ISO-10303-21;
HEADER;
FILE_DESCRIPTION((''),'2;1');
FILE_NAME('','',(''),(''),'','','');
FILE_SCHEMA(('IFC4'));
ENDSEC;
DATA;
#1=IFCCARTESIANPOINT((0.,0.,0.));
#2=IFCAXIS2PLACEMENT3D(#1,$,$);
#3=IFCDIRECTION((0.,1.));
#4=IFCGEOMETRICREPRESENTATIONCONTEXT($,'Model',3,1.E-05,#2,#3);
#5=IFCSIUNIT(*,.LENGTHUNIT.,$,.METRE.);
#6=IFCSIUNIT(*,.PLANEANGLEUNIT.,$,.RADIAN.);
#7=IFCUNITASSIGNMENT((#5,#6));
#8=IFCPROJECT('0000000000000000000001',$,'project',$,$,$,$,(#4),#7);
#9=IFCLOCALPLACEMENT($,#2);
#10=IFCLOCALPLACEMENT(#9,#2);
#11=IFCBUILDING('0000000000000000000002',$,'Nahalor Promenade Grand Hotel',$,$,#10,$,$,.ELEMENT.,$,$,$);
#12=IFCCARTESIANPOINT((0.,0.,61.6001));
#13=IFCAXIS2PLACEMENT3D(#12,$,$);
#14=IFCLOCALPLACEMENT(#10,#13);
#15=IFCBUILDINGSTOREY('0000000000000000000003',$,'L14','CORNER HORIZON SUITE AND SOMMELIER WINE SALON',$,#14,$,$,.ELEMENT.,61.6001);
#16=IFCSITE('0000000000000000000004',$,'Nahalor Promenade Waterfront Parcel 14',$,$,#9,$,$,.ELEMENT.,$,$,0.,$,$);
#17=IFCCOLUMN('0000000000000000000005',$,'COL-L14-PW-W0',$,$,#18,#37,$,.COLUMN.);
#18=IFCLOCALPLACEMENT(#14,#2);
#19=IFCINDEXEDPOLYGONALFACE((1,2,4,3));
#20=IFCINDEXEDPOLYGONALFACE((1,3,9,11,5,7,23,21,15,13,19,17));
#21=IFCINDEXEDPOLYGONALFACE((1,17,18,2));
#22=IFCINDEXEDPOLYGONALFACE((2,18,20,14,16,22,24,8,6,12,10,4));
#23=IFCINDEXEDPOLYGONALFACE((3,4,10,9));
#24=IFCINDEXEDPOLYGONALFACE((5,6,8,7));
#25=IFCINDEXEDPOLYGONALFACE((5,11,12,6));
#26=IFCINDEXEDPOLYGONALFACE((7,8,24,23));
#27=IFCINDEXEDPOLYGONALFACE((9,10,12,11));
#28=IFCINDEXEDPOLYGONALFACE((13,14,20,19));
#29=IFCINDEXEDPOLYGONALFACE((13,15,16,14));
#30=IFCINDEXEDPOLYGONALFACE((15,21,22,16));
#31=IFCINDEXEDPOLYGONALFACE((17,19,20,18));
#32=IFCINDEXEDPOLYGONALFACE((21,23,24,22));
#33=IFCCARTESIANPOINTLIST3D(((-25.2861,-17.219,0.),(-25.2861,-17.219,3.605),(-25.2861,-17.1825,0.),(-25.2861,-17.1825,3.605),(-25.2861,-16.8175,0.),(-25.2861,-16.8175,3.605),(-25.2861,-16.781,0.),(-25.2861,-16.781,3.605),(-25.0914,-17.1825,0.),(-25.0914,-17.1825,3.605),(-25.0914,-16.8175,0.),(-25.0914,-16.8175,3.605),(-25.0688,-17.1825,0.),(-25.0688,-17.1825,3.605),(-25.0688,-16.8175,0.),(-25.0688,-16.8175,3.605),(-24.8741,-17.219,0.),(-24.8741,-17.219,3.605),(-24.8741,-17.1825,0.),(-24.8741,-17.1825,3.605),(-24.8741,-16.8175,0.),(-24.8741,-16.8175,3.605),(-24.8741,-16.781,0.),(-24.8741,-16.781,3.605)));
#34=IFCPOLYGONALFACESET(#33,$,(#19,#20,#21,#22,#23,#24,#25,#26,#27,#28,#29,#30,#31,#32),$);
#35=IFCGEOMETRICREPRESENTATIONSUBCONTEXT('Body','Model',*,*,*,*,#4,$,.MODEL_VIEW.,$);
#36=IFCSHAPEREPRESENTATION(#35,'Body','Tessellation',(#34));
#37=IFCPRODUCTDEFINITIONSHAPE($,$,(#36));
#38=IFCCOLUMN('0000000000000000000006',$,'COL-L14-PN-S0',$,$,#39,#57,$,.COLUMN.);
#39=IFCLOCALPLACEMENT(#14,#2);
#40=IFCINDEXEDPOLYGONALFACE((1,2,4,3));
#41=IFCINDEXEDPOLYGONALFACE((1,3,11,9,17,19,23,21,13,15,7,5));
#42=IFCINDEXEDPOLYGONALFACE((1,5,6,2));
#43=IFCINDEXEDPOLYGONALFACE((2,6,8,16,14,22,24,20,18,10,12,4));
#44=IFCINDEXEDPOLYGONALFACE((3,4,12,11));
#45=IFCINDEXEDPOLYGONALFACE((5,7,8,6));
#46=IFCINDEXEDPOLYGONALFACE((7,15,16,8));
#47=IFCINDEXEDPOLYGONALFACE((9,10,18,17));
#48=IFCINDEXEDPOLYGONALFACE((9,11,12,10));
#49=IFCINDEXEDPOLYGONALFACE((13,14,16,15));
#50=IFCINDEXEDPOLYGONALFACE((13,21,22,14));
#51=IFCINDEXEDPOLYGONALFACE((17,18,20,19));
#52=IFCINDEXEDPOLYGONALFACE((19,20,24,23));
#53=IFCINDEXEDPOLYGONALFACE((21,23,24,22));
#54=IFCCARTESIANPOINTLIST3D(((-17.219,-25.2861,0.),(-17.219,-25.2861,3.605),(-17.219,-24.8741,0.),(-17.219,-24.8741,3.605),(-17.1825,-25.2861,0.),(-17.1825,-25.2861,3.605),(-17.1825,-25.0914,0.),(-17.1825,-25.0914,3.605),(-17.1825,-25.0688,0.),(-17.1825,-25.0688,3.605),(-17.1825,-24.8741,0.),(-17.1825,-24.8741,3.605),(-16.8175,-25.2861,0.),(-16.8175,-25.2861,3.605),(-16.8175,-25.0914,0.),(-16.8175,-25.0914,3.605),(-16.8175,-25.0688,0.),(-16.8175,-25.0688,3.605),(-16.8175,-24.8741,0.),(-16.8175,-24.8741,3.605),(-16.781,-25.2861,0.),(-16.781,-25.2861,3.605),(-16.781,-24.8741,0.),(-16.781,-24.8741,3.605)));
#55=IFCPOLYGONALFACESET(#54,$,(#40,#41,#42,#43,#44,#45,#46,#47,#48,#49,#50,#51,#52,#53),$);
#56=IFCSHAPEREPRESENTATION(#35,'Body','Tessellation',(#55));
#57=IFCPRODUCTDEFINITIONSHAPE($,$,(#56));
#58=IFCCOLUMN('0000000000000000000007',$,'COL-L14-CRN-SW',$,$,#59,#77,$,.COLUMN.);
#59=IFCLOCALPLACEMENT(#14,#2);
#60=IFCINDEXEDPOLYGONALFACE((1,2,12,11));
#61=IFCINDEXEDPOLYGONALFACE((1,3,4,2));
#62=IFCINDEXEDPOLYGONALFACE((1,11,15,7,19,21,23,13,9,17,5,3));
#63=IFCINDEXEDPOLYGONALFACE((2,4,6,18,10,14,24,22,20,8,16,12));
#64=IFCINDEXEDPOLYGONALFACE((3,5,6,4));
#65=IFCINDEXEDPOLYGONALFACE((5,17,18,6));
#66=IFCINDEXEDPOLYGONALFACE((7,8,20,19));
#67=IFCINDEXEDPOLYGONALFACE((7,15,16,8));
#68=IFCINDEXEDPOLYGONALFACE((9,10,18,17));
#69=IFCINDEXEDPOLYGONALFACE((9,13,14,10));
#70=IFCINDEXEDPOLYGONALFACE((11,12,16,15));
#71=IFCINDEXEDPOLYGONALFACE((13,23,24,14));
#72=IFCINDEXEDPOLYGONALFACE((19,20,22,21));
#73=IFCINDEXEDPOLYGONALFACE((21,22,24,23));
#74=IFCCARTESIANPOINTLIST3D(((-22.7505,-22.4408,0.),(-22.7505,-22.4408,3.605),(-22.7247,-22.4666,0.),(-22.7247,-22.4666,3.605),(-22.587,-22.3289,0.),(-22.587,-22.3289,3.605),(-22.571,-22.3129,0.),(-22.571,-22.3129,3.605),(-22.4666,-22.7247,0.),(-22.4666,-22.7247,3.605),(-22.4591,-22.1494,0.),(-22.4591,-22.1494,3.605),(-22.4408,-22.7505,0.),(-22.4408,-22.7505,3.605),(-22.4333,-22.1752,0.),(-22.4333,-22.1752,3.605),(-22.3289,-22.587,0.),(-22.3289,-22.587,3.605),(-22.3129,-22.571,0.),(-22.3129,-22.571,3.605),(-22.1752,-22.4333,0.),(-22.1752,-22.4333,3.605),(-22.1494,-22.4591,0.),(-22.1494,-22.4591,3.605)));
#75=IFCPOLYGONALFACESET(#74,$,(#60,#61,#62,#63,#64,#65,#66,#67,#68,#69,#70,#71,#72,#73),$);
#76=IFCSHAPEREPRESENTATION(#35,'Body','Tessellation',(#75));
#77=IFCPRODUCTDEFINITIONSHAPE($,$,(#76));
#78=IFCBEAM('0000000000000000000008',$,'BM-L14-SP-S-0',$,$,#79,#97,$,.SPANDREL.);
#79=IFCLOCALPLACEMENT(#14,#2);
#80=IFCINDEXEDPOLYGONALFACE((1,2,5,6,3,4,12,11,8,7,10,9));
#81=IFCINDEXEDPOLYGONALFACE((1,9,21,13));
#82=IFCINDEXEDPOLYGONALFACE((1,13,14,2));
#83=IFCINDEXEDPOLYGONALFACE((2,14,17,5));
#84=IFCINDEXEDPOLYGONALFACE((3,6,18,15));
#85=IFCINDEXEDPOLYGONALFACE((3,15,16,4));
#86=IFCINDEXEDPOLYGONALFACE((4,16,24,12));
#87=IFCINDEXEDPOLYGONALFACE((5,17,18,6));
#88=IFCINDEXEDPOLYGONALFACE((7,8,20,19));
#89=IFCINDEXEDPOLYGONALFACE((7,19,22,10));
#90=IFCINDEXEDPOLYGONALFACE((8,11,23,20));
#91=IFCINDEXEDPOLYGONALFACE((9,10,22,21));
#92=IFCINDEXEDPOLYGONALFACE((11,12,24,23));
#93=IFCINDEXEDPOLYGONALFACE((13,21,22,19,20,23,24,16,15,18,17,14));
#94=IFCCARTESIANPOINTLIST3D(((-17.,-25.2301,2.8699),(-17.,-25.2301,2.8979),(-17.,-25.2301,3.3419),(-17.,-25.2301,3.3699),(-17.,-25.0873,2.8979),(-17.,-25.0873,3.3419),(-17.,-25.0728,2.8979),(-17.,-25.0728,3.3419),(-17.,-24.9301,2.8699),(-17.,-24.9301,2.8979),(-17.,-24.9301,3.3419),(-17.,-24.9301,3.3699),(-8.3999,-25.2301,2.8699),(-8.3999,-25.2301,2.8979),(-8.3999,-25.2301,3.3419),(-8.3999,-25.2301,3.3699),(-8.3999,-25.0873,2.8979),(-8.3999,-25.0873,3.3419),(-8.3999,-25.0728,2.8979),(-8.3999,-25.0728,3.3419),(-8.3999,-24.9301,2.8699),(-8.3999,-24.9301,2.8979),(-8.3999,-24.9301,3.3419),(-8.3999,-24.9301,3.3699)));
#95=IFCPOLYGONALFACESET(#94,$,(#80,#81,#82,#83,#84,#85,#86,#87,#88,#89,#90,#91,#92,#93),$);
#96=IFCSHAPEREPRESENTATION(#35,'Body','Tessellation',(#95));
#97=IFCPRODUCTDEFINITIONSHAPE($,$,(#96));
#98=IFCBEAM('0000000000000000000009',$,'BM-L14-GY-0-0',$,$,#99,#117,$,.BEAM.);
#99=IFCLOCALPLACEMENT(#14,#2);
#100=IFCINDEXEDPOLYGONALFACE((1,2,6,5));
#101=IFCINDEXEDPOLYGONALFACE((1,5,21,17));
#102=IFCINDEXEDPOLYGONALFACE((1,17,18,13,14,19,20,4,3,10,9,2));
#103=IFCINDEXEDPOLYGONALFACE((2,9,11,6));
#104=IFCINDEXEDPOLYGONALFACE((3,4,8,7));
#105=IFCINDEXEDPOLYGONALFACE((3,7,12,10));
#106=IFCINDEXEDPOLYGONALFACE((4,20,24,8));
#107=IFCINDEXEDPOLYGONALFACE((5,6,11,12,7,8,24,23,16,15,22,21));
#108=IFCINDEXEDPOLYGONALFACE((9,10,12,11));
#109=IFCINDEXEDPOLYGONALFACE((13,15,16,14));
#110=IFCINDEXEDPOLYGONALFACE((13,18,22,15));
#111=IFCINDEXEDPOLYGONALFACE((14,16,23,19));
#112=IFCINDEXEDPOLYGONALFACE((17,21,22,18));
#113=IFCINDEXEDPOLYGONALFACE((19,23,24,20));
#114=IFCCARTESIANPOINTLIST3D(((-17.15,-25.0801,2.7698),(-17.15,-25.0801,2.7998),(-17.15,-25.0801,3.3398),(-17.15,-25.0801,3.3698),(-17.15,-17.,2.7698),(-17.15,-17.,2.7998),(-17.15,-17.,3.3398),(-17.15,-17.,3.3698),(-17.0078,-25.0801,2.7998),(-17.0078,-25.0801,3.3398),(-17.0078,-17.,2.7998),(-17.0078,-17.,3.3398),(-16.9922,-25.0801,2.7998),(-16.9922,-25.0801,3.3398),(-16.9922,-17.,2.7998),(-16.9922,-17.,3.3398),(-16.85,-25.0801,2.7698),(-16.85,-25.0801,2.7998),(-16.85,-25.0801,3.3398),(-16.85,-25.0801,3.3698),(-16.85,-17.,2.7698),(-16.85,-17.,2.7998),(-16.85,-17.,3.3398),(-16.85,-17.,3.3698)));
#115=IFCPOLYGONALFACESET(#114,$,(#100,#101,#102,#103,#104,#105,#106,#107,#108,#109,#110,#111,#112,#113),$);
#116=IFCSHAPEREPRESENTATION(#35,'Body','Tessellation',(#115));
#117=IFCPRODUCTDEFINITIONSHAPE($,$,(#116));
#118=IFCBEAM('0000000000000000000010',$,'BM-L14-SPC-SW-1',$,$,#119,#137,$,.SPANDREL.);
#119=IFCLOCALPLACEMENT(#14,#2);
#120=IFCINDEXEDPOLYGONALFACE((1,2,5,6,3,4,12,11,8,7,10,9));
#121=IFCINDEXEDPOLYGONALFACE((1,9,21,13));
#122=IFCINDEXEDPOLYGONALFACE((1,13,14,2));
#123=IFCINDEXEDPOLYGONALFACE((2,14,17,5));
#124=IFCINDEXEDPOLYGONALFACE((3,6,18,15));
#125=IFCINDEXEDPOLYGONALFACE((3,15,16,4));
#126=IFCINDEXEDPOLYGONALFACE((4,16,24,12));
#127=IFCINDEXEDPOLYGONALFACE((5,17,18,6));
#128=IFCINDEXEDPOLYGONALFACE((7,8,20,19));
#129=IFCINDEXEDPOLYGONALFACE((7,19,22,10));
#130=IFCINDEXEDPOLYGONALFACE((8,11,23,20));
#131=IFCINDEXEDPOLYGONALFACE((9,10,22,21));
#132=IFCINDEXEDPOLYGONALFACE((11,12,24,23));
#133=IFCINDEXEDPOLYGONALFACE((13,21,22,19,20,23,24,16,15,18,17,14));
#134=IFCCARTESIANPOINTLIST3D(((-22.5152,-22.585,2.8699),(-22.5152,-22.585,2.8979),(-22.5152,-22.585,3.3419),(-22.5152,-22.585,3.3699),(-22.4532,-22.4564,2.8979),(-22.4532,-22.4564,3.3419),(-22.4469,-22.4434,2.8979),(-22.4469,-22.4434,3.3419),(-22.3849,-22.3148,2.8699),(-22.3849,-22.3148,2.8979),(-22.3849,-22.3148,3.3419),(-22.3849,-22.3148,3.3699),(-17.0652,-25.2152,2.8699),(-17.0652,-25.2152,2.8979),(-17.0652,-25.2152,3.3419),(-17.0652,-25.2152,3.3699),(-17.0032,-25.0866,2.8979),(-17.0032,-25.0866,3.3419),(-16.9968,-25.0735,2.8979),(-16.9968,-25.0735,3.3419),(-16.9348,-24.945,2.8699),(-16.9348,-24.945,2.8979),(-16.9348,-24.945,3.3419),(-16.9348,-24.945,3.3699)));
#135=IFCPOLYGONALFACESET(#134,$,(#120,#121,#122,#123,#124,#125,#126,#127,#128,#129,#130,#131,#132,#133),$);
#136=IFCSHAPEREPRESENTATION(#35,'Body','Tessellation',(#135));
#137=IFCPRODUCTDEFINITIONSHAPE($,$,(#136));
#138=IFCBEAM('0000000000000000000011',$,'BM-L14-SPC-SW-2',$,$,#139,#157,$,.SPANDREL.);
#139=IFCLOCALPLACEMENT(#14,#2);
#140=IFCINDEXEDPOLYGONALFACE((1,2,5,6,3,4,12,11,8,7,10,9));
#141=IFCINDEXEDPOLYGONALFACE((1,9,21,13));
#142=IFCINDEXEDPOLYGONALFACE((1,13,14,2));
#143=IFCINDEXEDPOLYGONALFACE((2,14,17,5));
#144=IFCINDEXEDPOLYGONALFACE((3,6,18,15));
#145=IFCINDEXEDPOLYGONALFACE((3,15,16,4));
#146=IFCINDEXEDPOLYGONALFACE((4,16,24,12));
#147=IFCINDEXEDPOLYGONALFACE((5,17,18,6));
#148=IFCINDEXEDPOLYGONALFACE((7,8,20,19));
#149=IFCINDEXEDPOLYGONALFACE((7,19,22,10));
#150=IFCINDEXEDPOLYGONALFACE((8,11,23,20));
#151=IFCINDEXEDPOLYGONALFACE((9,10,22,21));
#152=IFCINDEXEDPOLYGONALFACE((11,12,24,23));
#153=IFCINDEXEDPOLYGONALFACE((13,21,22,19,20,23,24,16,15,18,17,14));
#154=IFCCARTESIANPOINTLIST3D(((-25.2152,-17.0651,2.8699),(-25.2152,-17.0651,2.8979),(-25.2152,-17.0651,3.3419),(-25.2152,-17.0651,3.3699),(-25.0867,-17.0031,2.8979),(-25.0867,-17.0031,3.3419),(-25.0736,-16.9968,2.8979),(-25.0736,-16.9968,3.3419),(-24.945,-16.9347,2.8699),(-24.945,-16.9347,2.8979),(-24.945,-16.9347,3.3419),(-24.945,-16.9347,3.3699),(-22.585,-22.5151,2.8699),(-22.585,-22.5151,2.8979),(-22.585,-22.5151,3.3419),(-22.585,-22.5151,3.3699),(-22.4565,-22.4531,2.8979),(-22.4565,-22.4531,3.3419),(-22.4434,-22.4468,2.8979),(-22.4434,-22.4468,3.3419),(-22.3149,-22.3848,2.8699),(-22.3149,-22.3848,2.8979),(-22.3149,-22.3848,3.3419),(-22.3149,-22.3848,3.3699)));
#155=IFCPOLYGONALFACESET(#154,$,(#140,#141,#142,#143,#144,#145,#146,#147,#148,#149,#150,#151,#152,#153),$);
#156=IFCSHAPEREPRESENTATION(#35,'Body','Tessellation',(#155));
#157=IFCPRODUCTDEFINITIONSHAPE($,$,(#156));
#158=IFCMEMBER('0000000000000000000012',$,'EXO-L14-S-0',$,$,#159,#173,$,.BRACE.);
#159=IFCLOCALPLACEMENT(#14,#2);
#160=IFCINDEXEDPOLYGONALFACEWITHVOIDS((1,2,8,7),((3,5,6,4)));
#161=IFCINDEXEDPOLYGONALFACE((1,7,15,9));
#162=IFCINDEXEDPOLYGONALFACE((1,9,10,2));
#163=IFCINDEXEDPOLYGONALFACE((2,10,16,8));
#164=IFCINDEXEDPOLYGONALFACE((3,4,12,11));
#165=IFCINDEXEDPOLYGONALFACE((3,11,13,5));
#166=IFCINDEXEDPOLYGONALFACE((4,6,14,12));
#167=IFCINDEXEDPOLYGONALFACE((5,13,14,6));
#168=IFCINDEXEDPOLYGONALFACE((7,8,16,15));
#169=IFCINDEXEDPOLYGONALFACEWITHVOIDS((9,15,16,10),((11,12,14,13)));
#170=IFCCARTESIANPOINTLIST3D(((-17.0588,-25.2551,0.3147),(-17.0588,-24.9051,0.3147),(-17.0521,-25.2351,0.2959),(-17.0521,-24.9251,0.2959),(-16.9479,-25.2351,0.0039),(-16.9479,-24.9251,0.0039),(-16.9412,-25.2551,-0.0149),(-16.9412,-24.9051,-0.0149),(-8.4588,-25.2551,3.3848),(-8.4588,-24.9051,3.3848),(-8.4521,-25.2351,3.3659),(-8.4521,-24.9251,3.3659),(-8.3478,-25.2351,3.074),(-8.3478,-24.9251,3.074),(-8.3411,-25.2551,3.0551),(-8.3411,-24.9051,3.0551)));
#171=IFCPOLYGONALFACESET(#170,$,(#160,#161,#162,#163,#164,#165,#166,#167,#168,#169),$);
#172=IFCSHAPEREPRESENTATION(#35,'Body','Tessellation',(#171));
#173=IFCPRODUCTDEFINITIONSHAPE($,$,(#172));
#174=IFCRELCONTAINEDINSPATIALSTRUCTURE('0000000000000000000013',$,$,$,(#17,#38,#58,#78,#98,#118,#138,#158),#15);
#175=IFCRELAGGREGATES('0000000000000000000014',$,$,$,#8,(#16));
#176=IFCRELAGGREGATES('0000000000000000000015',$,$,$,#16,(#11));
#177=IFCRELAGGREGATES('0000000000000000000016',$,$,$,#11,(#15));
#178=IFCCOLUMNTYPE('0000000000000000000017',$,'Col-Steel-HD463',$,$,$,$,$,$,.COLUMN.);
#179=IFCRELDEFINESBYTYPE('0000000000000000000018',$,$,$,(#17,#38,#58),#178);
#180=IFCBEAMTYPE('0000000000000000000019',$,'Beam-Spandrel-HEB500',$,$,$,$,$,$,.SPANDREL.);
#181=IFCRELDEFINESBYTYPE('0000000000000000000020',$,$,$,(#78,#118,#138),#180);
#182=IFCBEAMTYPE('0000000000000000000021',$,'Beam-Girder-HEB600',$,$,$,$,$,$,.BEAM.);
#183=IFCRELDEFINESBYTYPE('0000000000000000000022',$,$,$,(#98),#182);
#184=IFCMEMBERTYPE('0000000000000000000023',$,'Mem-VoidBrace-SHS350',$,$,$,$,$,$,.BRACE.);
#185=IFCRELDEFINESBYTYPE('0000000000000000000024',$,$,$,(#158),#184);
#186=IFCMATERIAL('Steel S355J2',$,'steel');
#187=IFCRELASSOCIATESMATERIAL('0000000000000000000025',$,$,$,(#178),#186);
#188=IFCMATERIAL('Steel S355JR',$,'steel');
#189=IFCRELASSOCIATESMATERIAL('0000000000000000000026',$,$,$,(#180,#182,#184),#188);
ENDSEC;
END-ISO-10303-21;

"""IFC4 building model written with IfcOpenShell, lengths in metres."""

from ifc_helpers import new_model, si_unit, direction, frame, origin, origin_2d, place, context, subcontext, project, spatial, hollow_rectangle, i_section, extrude, source, transform, mapped, material, material_profile, profile_set, type_object, element, save


model = new_model("IFC4")

# Units and contexts
model_context = context("Model", 3, precision=1e-05, world=origin(), true_north=direction((0.0, 1.0)))
body_context = subcontext(model_context, "Body", "Model", "MODEL_VIEW")
ifc_project = project(units=[si_unit("LENGTHUNIT", "METRE"), si_unit("PLANEANGLEUNIT", "RADIAN")], contexts=[model_context])

# Site, building, storey
site_placement = place(None, origin())
site = spatial("IfcSite", under=ifc_project, at=site_placement, Name="Nahalor Promenade Waterfront Parcel 14", CompositionType="ELEMENT", RefElevation=0.0)
building_placement = place(site_placement, origin())
building = spatial("IfcBuilding", under=site, at=building_placement, Name="Nahalor Promenade Grand Hotel", CompositionType="ELEMENT")
storey_placement = place(building_placement, frame((0.0, 0.0, 61.6001)))
storey = spatial("IfcBuildingStorey", under=building, at=storey_placement, Name="L14", Description="CORNER HORIZON SUITE AND SOMMELIER WINE SALON", CompositionType="ELEMENT", Elevation=61.6001)

# Columns
ifc_material_1 = material(Name="Steel S355J2", Category="steel")
ifc_material_profile_1 = material_profile(ifc_material_1, i_section(OverallWidth=0.412, OverallDepth=0.438, WebThickness=0.0226, FlangeThickness=0.0365, at=origin_2d()), Name="HD 400x463")
ifc_profile_set_1 = profile_set([ifc_material_profile_1], Name="Steel S355J2")
column_type = type_object("IfcColumnType", Name="Col-Steel-HD463", PredefinedType="COLUMN", material=ifc_profile_set_1)
shared_shape_1 = source(origin(), body_context, "Body", "SweptSolid", [
    extrude(i_section(OverallWidth=0.412, OverallDepth=0.438, WebThickness=0.0226, FlangeThickness=0.0365, at=origin_2d()), origin(), (0.0, 0.0, 1.0), 3.605),
])
for number, where, z_axis, x_axis, name in (
    (1, (-25.0801, -17.0, 0.0), (0.0, 0.0, 1.0), (1.0, 0.0, 0.0), "COL-L14-PW-W0"),
    (2, (-17.0, -25.0801, 0.0), (0.0, 0.0, 1.0), (0.0, 1.0, 0.0), "COL-L14-PN-S0"),
    (3, (-22.45, -22.45, 0.0), (0.0, 0.0, 1.0), (0.707107, 0.707107, 0.0), "COL-L14-CRN-SW"),
):
    element("IfcColumn", number, at=place(storey_placement, frame(where, z_axis=z_axis, x_axis=x_axis)), inside=storey, type_object=column_type, Name=name, PredefinedType="COLUMN", context=body_context, shape_type="MappedRepresentation", body=[
        mapped(shared_shape_1, transform((0.0, 0.0, 0.0), scale=1.0)),
    ])

# Beams
ifc_material_2 = material(Name="Steel S355JR", Category="steel")
ifc_material_profile_2 = material_profile(ifc_material_2, i_section(OverallWidth=0.3, OverallDepth=0.5, WebThickness=0.0145, FlangeThickness=0.028, at=origin_2d()), Name="HEB 500")
ifc_profile_set_2 = profile_set([ifc_material_profile_2], Name="Steel S355JR")
beam_type_1 = type_object("IfcBeamType", Name="Beam-Spandrel-HEB500", PredefinedType="SPANDREL", material=ifc_profile_set_2)
shared_shape_2 = source(origin(), body_context, "Body", "SweptSolid", [
    extrude(i_section(OverallWidth=0.3, OverallDepth=0.5, WebThickness=0.0145, FlangeThickness=0.028, at=origin_2d()), origin(), (0.0, 0.0, 1.0), 8.6001),
])
beam_1_placement = place(storey_placement, frame((-17.0, -25.0801, 3.1199), z_axis=(1.0, 0.0, 0.0), x_axis=(0.0, 1.0, 0.0)))
element("IfcBeam", 4, at=beam_1_placement, inside=storey, type_object=beam_type_1, Name="BM-L14-SP-S-0", PredefinedType="SPANDREL", context=body_context, shape_type="MappedRepresentation", body=[
    mapped(shared_shape_2, transform((0.0, 0.0, 0.0), scale=1.0)),
])
ifc_material_profile_3 = material_profile(ifc_material_2, i_section(OverallWidth=0.3, OverallDepth=0.6, WebThickness=0.0155, FlangeThickness=0.03, at=origin_2d()), Name="HEB 600")
ifc_profile_set_3 = profile_set([ifc_material_profile_3], Name="Steel S355JR")
beam_type_2 = type_object("IfcBeamType", Name="Beam-Girder-HEB600", PredefinedType="BEAM", material=ifc_profile_set_3)
shared_shape_3 = source(origin(), body_context, "Body", "SweptSolid", [
    extrude(i_section(OverallWidth=0.3, OverallDepth=0.6, WebThickness=0.0155, FlangeThickness=0.03, at=origin_2d()), origin(), (0.0, 0.0, 1.0), 8.0801),
])
beam_2_placement = place(storey_placement, frame((-17.0, -25.0801, 3.0698), z_axis=(0.0, 1.0, 0.0), x_axis=(-1.0, 0.0, 0.0)))
element("IfcBeam", 5, at=beam_2_placement, inside=storey, type_object=beam_type_2, Name="BM-L14-GY-0-0", PredefinedType="BEAM", context=body_context, shape_type="MappedRepresentation", body=[
    mapped(shared_shape_3, transform((0.0, 0.0, 0.0), scale=1.0)),
])
shared_shape_4 = source(origin(), body_context, "Body", "SweptSolid", [
    extrude(i_section(OverallWidth=0.3, OverallDepth=0.5, WebThickness=0.0145, FlangeThickness=0.028, at=origin_2d()), origin(), (0.0, 0.0, 1.0), 6.0515),
])
for number, where, z_axis, x_axis, name in (
    (6, (-17.0, -25.0801, 3.1199), (-0.900609, 0.434631, 0.0), (-0.434631, -0.900609, 0.0), "BM-L14-SPC-SW-1"),
    (7, (-22.45, -22.45, 3.1199), (-0.434631, 0.900609, 0.0), (-0.900609, -0.434631, 0.0), "BM-L14-SPC-SW-2"),
):
    element("IfcBeam", number, at=place(storey_placement, frame(where, z_axis=z_axis, x_axis=x_axis)), inside=storey, type_object=beam_type_1, Name=name, PredefinedType="SPANDREL", context=body_context, shape_type="MappedRepresentation", body=[
        mapped(shared_shape_4, transform((0.0, 0.0, 0.0), scale=1.0)),
    ])

# Member
ifc_material_profile_4 = material_profile(ifc_material_2, hollow_rectangle(XDim=0.35, YDim=0.35, WallThickness=0.02, at=origin_2d()), Name="SHS 350x350x20")
ifc_profile_set_4 = profile_set([ifc_material_profile_4], Name="Steel S355JR")
member_type_1 = type_object("IfcMemberType", Name="Mem-VoidBrace-SHS350", PredefinedType="BRACE", material=ifc_profile_set_4)
shared_shape_5 = source(origin(), body_context, "Body", "SweptSolid", [
    extrude(hollow_rectangle(XDim=0.35, YDim=0.35, WallThickness=0.02, at=origin_2d()), origin(), (0.0, 0.0, 1.0), 9.1316),
])
member_1_placement = place(storey_placement, frame((-17.0, -25.0801, 0.1499), z_axis=(0.94179, 0.0, 0.336201), x_axis=(0.0, 1.0, 0.0)))
element("IfcMember", 8, at=member_1_placement, inside=storey, type_object=member_type_1, Name="EXO-L14-S-0", PredefinedType="BRACE", context=body_context, shape_type="MappedRepresentation", body=[
    mapped(shared_shape_5, transform((0.0, 0.0, 0.0), scale=1.0)),
])

save(model, "model.ifc")
